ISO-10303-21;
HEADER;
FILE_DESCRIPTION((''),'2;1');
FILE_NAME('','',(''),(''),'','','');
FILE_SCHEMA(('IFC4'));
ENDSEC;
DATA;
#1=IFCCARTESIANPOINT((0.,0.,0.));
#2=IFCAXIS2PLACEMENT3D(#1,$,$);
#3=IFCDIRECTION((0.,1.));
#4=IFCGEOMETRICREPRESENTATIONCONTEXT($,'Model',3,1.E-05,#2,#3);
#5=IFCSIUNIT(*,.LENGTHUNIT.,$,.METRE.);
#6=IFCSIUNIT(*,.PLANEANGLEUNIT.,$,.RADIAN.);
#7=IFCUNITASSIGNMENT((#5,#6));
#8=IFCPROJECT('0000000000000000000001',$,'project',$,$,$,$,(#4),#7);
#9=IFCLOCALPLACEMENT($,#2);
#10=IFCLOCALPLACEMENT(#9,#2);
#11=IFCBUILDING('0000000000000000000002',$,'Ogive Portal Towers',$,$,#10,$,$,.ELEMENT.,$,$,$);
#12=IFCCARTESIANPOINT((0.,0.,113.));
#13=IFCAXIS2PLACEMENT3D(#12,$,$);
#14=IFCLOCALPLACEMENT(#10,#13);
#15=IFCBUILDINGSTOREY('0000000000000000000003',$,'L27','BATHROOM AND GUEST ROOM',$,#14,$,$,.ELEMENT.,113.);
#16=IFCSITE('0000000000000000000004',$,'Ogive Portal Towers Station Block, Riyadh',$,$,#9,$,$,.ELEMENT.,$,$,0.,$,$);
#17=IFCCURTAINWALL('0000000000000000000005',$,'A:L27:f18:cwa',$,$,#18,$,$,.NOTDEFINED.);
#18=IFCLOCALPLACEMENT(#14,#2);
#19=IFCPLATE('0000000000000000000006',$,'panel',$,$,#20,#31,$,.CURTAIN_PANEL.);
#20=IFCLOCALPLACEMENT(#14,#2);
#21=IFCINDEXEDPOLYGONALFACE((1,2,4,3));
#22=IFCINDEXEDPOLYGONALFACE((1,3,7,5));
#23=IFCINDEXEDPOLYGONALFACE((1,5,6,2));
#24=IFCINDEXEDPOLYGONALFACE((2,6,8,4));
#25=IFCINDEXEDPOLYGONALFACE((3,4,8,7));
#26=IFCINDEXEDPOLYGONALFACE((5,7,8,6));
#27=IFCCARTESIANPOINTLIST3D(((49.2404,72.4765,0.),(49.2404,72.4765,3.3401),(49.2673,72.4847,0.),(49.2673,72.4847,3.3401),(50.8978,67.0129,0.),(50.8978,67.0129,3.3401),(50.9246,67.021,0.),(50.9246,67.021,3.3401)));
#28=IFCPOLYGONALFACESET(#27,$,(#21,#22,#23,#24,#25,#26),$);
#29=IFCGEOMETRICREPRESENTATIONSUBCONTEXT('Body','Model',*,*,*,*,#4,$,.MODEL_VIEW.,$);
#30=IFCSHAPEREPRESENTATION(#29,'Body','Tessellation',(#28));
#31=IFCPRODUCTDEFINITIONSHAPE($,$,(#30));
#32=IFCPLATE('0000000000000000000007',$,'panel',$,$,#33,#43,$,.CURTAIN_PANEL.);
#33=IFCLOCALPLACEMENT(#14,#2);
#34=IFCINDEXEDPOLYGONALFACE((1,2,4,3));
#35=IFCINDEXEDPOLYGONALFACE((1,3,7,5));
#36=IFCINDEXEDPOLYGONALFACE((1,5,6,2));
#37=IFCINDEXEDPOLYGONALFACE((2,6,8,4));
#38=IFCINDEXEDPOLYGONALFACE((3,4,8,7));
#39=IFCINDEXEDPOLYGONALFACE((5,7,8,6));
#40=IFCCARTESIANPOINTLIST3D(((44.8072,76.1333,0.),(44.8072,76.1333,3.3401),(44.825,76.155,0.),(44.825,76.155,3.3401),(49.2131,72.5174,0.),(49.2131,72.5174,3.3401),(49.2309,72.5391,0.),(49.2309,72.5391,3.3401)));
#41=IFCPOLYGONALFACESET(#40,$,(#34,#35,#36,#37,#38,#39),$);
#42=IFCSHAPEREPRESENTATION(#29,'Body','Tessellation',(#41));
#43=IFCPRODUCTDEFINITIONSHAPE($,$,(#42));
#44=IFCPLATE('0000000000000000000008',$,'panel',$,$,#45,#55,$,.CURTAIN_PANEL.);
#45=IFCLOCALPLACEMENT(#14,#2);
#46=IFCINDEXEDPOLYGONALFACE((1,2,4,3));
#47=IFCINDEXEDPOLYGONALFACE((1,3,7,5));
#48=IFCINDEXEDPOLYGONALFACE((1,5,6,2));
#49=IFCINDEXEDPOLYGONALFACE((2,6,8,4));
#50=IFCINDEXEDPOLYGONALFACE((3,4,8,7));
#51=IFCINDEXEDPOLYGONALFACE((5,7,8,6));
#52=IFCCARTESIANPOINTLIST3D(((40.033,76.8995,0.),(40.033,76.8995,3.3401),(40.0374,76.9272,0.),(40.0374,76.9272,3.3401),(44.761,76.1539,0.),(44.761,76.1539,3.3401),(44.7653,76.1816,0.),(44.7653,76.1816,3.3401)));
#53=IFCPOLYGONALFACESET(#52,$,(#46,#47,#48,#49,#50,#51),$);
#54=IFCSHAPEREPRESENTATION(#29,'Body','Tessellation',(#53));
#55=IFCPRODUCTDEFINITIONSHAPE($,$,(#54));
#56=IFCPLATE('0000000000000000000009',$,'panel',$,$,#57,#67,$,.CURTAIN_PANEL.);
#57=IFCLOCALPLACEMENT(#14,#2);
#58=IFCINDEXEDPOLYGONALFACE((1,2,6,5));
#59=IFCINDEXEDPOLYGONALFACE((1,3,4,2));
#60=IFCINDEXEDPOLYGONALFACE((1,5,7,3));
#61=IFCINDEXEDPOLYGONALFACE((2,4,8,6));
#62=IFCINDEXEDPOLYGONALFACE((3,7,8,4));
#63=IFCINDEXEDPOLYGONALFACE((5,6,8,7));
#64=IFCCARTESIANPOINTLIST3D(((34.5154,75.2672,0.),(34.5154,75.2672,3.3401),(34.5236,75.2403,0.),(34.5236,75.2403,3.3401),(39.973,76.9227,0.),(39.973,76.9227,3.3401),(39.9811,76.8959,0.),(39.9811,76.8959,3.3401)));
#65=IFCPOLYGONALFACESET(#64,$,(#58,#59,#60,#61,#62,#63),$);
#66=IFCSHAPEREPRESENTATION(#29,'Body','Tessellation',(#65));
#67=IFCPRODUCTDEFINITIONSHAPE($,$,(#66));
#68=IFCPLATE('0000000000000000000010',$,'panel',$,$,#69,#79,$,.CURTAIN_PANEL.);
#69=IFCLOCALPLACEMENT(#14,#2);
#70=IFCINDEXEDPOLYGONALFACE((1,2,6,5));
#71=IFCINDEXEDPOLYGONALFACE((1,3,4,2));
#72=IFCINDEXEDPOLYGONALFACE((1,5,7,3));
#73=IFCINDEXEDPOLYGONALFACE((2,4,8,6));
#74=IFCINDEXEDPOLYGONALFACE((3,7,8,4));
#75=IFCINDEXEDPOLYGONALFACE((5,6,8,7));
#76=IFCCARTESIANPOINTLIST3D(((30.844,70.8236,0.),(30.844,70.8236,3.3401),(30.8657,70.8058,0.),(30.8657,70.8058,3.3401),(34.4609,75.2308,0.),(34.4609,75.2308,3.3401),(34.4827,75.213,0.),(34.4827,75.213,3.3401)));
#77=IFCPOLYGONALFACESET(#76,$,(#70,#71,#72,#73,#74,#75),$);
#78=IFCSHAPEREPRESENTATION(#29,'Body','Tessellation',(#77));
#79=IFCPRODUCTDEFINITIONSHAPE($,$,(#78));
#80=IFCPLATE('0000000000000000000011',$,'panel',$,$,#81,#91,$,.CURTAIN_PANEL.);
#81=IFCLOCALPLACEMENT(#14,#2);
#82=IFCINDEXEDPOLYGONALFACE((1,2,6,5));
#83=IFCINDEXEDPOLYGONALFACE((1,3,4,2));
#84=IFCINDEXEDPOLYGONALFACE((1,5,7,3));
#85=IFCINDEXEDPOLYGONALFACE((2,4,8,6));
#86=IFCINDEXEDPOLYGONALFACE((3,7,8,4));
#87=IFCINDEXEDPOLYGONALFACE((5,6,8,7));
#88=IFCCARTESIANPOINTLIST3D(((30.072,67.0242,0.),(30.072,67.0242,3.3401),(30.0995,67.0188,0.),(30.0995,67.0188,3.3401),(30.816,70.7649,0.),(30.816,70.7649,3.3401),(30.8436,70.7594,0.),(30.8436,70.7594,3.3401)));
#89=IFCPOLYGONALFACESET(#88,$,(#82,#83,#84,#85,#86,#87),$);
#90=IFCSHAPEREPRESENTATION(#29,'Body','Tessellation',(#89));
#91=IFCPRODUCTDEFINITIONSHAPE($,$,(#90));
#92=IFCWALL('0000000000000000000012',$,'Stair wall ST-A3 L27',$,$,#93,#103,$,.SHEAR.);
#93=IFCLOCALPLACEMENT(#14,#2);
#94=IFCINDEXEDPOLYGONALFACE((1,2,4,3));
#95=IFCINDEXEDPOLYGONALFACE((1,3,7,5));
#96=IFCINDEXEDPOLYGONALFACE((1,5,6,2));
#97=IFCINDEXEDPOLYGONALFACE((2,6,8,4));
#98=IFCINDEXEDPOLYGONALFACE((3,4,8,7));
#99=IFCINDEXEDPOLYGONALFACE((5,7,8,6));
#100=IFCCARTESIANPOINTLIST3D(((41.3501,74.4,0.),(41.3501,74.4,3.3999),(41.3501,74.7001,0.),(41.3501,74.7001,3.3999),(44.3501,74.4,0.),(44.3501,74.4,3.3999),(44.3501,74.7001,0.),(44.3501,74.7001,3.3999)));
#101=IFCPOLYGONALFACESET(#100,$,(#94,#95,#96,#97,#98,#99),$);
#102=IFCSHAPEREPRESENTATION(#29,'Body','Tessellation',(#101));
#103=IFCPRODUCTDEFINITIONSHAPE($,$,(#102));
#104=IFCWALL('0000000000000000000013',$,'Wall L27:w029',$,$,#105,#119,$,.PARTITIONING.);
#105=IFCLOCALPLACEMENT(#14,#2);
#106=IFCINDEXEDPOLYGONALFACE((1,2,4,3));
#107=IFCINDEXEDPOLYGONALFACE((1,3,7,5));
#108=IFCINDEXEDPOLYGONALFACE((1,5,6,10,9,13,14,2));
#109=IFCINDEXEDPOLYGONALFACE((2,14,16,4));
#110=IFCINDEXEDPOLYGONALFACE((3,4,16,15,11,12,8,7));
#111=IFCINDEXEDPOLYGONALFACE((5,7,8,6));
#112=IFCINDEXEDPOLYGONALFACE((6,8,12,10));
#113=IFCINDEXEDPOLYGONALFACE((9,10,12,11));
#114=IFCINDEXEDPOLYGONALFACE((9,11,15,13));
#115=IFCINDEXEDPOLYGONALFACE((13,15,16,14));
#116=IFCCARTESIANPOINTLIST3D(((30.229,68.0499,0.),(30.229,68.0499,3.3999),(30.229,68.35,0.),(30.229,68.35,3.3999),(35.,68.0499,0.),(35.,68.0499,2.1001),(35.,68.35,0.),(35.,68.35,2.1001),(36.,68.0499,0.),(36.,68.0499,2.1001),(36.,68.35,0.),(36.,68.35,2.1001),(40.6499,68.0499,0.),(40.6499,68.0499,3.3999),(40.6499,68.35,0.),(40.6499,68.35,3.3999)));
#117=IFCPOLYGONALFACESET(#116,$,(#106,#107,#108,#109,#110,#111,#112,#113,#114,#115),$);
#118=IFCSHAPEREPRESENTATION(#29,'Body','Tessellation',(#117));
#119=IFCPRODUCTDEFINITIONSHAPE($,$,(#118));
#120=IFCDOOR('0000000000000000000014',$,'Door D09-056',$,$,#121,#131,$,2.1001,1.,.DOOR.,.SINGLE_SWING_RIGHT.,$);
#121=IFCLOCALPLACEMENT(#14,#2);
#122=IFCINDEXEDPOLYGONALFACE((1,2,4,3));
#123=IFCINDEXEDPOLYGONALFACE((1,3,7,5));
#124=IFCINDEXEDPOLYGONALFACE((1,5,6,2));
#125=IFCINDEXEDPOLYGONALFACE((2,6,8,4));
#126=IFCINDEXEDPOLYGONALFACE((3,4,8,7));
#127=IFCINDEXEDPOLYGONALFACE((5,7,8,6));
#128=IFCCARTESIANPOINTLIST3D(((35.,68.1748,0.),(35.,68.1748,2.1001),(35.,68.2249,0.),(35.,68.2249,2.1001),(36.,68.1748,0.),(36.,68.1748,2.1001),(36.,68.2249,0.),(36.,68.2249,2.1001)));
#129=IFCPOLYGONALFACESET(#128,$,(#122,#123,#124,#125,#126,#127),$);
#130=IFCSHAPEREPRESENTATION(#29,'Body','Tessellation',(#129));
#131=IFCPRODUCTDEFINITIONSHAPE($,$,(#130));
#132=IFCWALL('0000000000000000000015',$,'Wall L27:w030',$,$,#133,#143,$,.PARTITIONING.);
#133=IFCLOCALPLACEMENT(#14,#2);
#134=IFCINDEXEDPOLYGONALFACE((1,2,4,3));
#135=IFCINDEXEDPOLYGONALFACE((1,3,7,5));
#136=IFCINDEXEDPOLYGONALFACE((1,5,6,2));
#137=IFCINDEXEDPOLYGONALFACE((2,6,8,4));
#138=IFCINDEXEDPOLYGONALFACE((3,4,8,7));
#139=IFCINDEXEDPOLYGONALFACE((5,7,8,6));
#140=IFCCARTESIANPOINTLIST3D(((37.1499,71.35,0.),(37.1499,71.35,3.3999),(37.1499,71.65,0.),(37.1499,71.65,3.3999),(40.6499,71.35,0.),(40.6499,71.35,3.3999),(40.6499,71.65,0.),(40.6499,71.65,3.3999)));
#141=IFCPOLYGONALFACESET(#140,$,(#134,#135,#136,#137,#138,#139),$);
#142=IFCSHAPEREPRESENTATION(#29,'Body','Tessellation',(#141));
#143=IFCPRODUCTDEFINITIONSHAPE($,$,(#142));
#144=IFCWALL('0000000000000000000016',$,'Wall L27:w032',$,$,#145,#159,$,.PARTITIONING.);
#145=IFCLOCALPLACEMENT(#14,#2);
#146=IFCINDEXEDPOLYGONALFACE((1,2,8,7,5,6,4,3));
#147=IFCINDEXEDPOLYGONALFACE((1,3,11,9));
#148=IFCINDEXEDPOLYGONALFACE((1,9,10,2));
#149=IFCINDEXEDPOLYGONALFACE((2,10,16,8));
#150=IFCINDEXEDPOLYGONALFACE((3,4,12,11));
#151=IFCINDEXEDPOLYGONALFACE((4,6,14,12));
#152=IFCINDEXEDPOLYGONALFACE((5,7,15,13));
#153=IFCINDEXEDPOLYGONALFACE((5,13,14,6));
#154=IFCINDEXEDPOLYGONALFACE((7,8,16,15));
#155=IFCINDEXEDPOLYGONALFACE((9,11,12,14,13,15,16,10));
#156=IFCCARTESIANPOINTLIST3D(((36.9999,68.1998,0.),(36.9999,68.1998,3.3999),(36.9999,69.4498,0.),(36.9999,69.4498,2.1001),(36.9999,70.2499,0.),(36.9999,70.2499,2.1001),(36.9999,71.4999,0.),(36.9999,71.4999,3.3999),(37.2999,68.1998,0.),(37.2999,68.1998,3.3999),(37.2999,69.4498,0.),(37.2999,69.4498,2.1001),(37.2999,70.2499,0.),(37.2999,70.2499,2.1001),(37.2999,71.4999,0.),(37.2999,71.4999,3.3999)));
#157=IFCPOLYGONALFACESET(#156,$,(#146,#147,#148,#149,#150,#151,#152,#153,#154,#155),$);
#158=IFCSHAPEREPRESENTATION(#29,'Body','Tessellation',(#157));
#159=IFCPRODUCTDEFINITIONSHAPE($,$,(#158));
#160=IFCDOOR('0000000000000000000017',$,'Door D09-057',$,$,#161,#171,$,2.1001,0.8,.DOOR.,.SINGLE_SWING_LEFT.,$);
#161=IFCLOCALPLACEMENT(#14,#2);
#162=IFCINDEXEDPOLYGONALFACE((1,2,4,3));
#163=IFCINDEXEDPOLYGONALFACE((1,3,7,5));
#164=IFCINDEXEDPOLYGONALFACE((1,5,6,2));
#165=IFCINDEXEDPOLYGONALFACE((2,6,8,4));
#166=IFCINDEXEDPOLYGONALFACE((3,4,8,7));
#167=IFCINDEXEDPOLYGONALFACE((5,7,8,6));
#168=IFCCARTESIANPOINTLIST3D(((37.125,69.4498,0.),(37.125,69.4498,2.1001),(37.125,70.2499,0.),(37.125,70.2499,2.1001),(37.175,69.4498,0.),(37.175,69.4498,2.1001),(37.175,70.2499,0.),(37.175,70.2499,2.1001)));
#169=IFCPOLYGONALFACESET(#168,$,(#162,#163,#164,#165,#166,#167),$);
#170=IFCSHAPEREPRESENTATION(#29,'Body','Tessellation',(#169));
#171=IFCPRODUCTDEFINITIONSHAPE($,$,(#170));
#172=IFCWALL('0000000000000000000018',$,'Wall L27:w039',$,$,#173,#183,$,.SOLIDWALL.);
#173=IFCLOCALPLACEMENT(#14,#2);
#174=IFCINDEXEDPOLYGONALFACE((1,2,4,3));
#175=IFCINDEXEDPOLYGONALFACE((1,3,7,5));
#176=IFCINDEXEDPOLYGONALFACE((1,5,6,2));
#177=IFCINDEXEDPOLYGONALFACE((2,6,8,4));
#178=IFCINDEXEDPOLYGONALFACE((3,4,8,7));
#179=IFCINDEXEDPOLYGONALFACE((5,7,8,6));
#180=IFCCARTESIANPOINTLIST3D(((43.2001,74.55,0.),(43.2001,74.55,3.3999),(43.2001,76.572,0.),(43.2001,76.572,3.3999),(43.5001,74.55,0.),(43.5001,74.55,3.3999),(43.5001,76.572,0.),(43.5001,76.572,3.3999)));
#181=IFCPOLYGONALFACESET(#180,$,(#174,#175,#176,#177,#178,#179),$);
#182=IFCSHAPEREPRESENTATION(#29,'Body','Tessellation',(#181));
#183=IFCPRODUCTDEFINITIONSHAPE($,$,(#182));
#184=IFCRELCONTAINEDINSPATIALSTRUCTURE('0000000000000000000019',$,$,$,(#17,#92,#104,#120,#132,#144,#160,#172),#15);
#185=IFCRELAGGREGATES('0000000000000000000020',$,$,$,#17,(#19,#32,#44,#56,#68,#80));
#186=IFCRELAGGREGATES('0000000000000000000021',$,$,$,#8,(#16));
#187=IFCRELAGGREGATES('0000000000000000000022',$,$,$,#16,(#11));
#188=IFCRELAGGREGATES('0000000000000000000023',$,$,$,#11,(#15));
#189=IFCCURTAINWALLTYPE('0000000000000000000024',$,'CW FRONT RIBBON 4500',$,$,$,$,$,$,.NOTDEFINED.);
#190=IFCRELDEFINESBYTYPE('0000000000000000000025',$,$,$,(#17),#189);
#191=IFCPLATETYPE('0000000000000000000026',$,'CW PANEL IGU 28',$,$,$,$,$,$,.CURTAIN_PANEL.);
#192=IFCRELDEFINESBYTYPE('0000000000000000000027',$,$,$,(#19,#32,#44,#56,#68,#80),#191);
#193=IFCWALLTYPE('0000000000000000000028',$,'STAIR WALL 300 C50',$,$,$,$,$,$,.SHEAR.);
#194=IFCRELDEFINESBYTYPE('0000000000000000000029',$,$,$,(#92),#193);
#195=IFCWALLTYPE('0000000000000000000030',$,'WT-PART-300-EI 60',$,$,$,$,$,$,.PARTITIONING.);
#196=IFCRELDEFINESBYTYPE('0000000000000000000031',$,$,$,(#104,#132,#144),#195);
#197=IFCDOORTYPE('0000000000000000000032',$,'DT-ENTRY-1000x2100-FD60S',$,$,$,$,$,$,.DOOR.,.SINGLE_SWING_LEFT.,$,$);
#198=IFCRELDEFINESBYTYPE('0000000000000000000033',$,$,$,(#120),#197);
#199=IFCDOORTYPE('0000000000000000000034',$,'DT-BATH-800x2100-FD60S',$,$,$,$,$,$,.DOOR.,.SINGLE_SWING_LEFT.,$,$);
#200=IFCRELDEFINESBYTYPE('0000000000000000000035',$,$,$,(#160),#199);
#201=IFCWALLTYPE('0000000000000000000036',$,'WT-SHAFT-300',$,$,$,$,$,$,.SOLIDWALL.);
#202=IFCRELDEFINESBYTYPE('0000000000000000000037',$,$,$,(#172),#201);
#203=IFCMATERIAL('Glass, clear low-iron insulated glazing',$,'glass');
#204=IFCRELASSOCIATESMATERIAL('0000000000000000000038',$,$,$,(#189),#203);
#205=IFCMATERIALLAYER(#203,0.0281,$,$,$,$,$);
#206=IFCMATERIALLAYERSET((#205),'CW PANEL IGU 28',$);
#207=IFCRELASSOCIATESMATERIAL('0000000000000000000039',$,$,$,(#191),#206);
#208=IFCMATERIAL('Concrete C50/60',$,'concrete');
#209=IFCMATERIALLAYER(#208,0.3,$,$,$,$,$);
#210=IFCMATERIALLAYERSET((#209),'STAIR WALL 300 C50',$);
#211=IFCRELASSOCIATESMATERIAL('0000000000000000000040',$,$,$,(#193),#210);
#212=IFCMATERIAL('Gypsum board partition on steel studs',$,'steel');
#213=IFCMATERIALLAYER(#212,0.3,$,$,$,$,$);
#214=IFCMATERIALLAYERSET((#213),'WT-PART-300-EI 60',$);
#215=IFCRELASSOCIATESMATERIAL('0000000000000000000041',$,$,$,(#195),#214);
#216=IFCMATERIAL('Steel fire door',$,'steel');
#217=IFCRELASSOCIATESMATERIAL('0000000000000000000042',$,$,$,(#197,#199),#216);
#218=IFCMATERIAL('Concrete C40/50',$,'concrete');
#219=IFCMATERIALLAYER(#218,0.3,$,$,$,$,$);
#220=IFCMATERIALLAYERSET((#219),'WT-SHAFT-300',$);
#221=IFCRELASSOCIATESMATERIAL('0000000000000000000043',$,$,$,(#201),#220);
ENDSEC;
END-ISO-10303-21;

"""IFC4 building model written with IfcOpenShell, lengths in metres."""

from ifc_helpers import new_model, si_unit, direction, frame, frame_2d, origin, origin_2d, place, context, subcontext, project, spatial, rectangle, extrude, material, layer, layer_set, type_object, element, fill, aggregate, save


model = new_model("IFC4")

# Units and contexts
model_context = context("Model", 3, precision=1e-05, world=origin(), true_north=direction((0.0, 1.0)))
body_context = subcontext(model_context, "Body", "Model", "MODEL_VIEW")
ifc_project = project(units=[si_unit("LENGTHUNIT", "METRE"), si_unit("PLANEANGLEUNIT", "RADIAN")], contexts=[model_context])

# Site, building, storey
site_placement = place(None, origin())
site = spatial("IfcSite", under=ifc_project, at=site_placement, Name="Ogive Portal Towers Station Block, Riyadh", CompositionType="ELEMENT", RefElevation=0.0)
building_placement = place(site_placement, origin())
building = spatial("IfcBuilding", under=site, at=building_placement, Name="Ogive Portal Towers", CompositionType="ELEMENT")
storey_placement = place(building_placement, frame((0.0, 0.0, 113.0)))
storey = spatial("IfcBuildingStorey", under=building, at=storey_placement, Name="L27", Description="BATHROOM AND GUEST ROOM", CompositionType="ELEMENT", Elevation=113.0)

# Shared definitions
ifc_material_1 = material(Name="Concrete C40/50", Category="concrete")

# Curtain wall, plates
ifc_material_2 = material(Name="Glass, clear low-iron insulated glazing", Category="glass")
curtain_wall_type = type_object("IfcCurtainWallType", Name="CW FRONT RIBBON 4500", PredefinedType="NOTDEFINED", material=ifc_material_2)
curtain_wall_placement = place(storey_placement, origin())
curtain_wall = element("IfcCurtainWall", 1, at=curtain_wall_placement, inside=storey, type_object=curtain_wall_type, Name="A:L27:f18:cwa", PredefinedType="NOTDEFINED")
ifc_layer_1 = layer(ifc_material_2, 0.0281)
ifc_layer_set_1 = layer_set([ifc_layer_1], Name="CW PANEL IGU 28")
plate_type = type_object("IfcPlateType", Name="CW PANEL IGU 28", PredefinedType="CURTAIN_PANEL", material=ifc_layer_set_1)
plate_1_placement = place(storey_placement, frame((50.0825, 69.7488, 0.0), z_axis=(0.0, 0.0, 1.0), x_axis=(-0.290285, 0.95694, 0.0)))
plate_1 = element("IfcPlate", 2, at=plate_1_placement, type_object=plate_type, Name="panel", PredefinedType="CURTAIN_PANEL", context=body_context, shape_type="SweptSolid", body=[
    extrude(rectangle(XDim=5.7095, YDim=0.0281, at=origin_2d()), origin(), (0.0, 0.0, 1.0), 3.3401),
])
plate_2_placement = place(storey_placement, frame((47.019, 74.3362, 0.0), z_axis=(0.0, 0.0, 1.0), x_axis=(-0.77301, 0.634393, 0.0)))
plate_2 = element("IfcPlate", 3, at=plate_2_placement, type_object=plate_type, Name="panel", PredefinedType="CURTAIN_PANEL", context=body_context, shape_type="SweptSolid", body=[
    extrude(rectangle(XDim=5.6997, YDim=0.0281, at=origin_2d()), origin(), (0.0, 0.0, 1.0), 3.3401),
])
plate_3_placement = place(storey_placement, frame((42.3992, 76.5405, 0.0), z_axis=(0.0, 0.0, 1.0), x_axis=(-0.987792, 0.155777, 0.0)))
plate_3 = element("IfcPlate", 4, at=plate_3_placement, type_object=plate_type, Name="panel", PredefinedType="CURTAIN_PANEL", context=body_context, shape_type="SweptSolid", body=[
    extrude(rectangle(XDim=4.7864, YDim=0.0281, at=origin_2d()), origin(), (0.0, 0.0, 1.0), 3.3401),
])
plate_4_placement = place(storey_placement, frame((37.2483, 76.0815, 0.0), z_axis=(0.0, 0.0, 1.0), x_axis=(-0.95694, -0.290285, 0.0)))
plate_4 = element("IfcPlate", 5, at=plate_4_placement, type_object=plate_type, Name="panel", PredefinedType="CURTAIN_PANEL", context=body_context, shape_type="SweptSolid", body=[
    extrude(rectangle(XDim=5.7031, YDim=0.0281, at=origin_2d()), origin(), (0.0, 0.0, 1.0), 3.3401),
])
plate_5_placement = place(storey_placement, frame((32.6633, 73.0183, 0.0), z_axis=(0.0, 0.0, 1.0), x_axis=(-0.634393, -0.77301, 0.0)))
plate_5 = element("IfcPlate", 6, at=plate_5_placement, type_object=plate_type, Name="panel", PredefinedType="CURTAIN_PANEL", context=body_context, shape_type="SweptSolid", body=[
    extrude(rectangle(XDim=5.7014, YDim=0.0281, at=origin_2d()), origin(), (0.0, 0.0, 1.0), 3.3401),
])
plate_6_placement = place(storey_placement, frame((30.4578, 68.8918, 0.0), z_axis=(0.0, 0.0, 1.0), x_axis=(-0.19509, -0.980785, 0.0)))
plate_6 = element("IfcPlate", 7, at=plate_6_placement, type_object=plate_type, Name="panel", PredefinedType="CURTAIN_PANEL", context=body_context, shape_type="SweptSolid", body=[
    extrude(rectangle(XDim=3.814, YDim=0.0281, at=origin_2d()), origin(), (0.0, 0.0, 1.0), 3.3401),
])
aggregate(curtain_wall, [plate_1, plate_2, plate_3, plate_4, plate_5, plate_6])

# Wall
ifc_material_3 = material(Name="Concrete C50/60", Category="concrete")
ifc_layer_2 = layer(ifc_material_3, 0.3)
ifc_layer_set_2 = layer_set([ifc_layer_2], Name="STAIR WALL 300 C50")
wall_type_1 = type_object("IfcWallType", Name="STAIR WALL 300 C50", PredefinedType="SHEAR", material=ifc_layer_set_2)
wall_1_placement = place(storey_placement, frame((41.3501, 74.55, 0.0), z_axis=(0.0, 0.0, 1.0), x_axis=(1.0, 0.0, 0.0)))
element("IfcWall", 8, at=wall_1_placement, inside=storey, type_object=wall_type_1, Name="Stair wall ST-A3 L27", PredefinedType="SHEAR", context=body_context, shape_type="SweptSolid", body=[
    extrude(rectangle(XDim=3.0, YDim=0.3, at=frame_2d((1.5, 0.0))), origin(), (0.0, 0.0, 1.0), 3.3999),
])

# Wall, opening, door
ifc_material_4 = material(Name="Gypsum board partition on steel studs", Category="steel")
ifc_layer_3 = layer(ifc_material_4, 0.3)
ifc_layer_set_3 = layer_set([ifc_layer_3], Name="WT-PART-300-EI 60")
wall_type_2 = type_object("IfcWallType", Name="WT-PART-300-EI 60", PredefinedType="PARTITIONING", material=ifc_layer_set_3)
wall_2_placement = place(storey_placement, frame((30.229, 68.2, 0.0), z_axis=(0.0, 0.0, 1.0), x_axis=(1.0, 0.0, 0.0)))
wall_2 = element("IfcWall", 9, at=wall_2_placement, inside=storey, type_object=wall_type_2, Name="Wall L27:w029", PredefinedType="PARTITIONING", context=body_context, shape_type="SweptSolid", body=[
    extrude(rectangle(XDim=10.4209, YDim=0.3, at=frame_2d((5.2104, 0.0))), origin(), (0.0, 0.0, 1.0), 3.3999),
])
opening_1_placement = place(wall_2_placement, frame((4.771, 0.0, 0.0)))
opening_1 = element("IfcOpeningElement", 10, at=opening_1_placement, cuts=wall_2, PredefinedType="OPENING", context=body_context, shape_type="SweptSolid", body=[
    extrude(rectangle(XDim=1.0, YDim=2.1001, at=frame_2d((0.5, 1.05))), frame((0.0, 0.1602, 0.0), z_axis=(0.0, -1.0, 0.0), x_axis=(1.0, 0.0, 0.0)), (0.0, 0.0, 1.0), 0.3201),
])
ifc_material_5 = material(Name="Steel fire door", Category="steel")
door_type_1 = type_object("IfcDoorType", Name="DT-ENTRY-1000x2100-FD60S", OperationType="SINGLE_SWING_LEFT", PredefinedType="DOOR", material=ifc_material_5)
door_1_placement = place(opening_1_placement, origin())
door_1 = element("IfcDoor", 11, at=door_1_placement, inside=storey, type_object=door_type_1, Name="Door D09-056", OperationType="SINGLE_SWING_RIGHT", OverallHeight=2.1001, OverallWidth=1.0, PredefinedType="DOOR", context=body_context, shape_type="SweptSolid", body=[
    extrude(rectangle(XDim=1.0, YDim=2.1001, at=frame_2d((0.5, 1.05))), frame((0.0, 0.0249, 0.0), z_axis=(0.0, -1.0, 0.0), x_axis=(1.0, 0.0, 0.0)), (0.0, 0.0, 1.0), 0.05),
])
fill(opening_1, door_1)

# Wall
wall_3_placement = place(storey_placement, frame((37.1499, 71.5, 0.0), z_axis=(0.0, 0.0, 1.0), x_axis=(1.0, 0.0, 0.0)))
element("IfcWall", 12, at=wall_3_placement, inside=storey, type_object=wall_type_2, Name="Wall L27:w030", PredefinedType="PARTITIONING", context=body_context, shape_type="SweptSolid", body=[
    extrude(rectangle(XDim=3.5, YDim=0.3, at=frame_2d((1.75, 0.0))), origin(), (0.0, 0.0, 1.0), 3.3999),
])

# Wall, opening, door
wall_4_placement = place(storey_placement, frame((37.1499, 68.2, 0.0), z_axis=(0.0, 0.0, 1.0), x_axis=(0.0, 1.0, 0.0)))
wall_4 = element("IfcWall", 13, at=wall_4_placement, inside=storey, type_object=wall_type_2, Name="Wall L27:w032", PredefinedType="PARTITIONING", context=body_context, shape_type="SweptSolid", body=[
    extrude(rectangle(XDim=3.3, YDim=0.3, at=frame_2d((1.6499, 0.0))), origin(), (0.0, 0.0, 1.0), 3.3999),
])
opening_2_placement = place(wall_4_placement, frame((1.25, 0.0, 0.0)))
opening_2 = element("IfcOpeningElement", 14, at=opening_2_placement, cuts=wall_4, PredefinedType="OPENING", context=body_context, shape_type="SweptSolid", body=[
    extrude(rectangle(XDim=0.8, YDim=2.1001, at=frame_2d((0.3999, 1.05))), frame((0.0, 0.1602, 0.0), z_axis=(0.0, -1.0, 0.0), x_axis=(1.0, 0.0, 0.0)), (0.0, 0.0, 1.0), 0.3201),
])
door_type_2 = type_object("IfcDoorType", Name="DT-BATH-800x2100-FD60S", OperationType="SINGLE_SWING_LEFT", PredefinedType="DOOR", material=ifc_material_5)
door_2_placement = place(opening_2_placement, origin())
door_2 = element("IfcDoor", 15, at=door_2_placement, inside=storey, type_object=door_type_2, Name="Door D09-057", OperationType="SINGLE_SWING_LEFT", OverallHeight=2.1001, OverallWidth=0.8, PredefinedType="DOOR", context=body_context, shape_type="SweptSolid", body=[
    extrude(rectangle(XDim=0.8, YDim=2.1001, at=frame_2d((0.3999, 1.05))), frame((0.0, 0.0249, 0.0), z_axis=(0.0, -1.0, 0.0), x_axis=(1.0, 0.0, 0.0)), (0.0, 0.0, 1.0), 0.05),
])
fill(opening_2, door_2)

# Wall
ifc_layer_4 = layer(ifc_material_1, 0.3)
ifc_layer_set_4 = layer_set([ifc_layer_4], Name="WT-SHAFT-300")
wall_type_3 = type_object("IfcWallType", Name="WT-SHAFT-300", PredefinedType="SOLIDWALL", material=ifc_layer_set_4)
wall_5_placement = place(storey_placement, frame((43.3501, 74.55, 0.0), z_axis=(0.0, 0.0, 1.0), x_axis=(0.0, 1.0, 0.0)))
element("IfcWall", 16, at=wall_5_placement, inside=storey, type_object=wall_type_3, Name="Wall L27:w039", PredefinedType="SOLIDWALL", context=body_context, shape_type="SweptSolid", body=[
    extrude(rectangle(XDim=2.022, YDim=0.3, at=frame_2d((1.011, 0.0))), origin(), (0.0, 0.0, 1.0), 3.3999),
])

save(model, "model.ifc")
